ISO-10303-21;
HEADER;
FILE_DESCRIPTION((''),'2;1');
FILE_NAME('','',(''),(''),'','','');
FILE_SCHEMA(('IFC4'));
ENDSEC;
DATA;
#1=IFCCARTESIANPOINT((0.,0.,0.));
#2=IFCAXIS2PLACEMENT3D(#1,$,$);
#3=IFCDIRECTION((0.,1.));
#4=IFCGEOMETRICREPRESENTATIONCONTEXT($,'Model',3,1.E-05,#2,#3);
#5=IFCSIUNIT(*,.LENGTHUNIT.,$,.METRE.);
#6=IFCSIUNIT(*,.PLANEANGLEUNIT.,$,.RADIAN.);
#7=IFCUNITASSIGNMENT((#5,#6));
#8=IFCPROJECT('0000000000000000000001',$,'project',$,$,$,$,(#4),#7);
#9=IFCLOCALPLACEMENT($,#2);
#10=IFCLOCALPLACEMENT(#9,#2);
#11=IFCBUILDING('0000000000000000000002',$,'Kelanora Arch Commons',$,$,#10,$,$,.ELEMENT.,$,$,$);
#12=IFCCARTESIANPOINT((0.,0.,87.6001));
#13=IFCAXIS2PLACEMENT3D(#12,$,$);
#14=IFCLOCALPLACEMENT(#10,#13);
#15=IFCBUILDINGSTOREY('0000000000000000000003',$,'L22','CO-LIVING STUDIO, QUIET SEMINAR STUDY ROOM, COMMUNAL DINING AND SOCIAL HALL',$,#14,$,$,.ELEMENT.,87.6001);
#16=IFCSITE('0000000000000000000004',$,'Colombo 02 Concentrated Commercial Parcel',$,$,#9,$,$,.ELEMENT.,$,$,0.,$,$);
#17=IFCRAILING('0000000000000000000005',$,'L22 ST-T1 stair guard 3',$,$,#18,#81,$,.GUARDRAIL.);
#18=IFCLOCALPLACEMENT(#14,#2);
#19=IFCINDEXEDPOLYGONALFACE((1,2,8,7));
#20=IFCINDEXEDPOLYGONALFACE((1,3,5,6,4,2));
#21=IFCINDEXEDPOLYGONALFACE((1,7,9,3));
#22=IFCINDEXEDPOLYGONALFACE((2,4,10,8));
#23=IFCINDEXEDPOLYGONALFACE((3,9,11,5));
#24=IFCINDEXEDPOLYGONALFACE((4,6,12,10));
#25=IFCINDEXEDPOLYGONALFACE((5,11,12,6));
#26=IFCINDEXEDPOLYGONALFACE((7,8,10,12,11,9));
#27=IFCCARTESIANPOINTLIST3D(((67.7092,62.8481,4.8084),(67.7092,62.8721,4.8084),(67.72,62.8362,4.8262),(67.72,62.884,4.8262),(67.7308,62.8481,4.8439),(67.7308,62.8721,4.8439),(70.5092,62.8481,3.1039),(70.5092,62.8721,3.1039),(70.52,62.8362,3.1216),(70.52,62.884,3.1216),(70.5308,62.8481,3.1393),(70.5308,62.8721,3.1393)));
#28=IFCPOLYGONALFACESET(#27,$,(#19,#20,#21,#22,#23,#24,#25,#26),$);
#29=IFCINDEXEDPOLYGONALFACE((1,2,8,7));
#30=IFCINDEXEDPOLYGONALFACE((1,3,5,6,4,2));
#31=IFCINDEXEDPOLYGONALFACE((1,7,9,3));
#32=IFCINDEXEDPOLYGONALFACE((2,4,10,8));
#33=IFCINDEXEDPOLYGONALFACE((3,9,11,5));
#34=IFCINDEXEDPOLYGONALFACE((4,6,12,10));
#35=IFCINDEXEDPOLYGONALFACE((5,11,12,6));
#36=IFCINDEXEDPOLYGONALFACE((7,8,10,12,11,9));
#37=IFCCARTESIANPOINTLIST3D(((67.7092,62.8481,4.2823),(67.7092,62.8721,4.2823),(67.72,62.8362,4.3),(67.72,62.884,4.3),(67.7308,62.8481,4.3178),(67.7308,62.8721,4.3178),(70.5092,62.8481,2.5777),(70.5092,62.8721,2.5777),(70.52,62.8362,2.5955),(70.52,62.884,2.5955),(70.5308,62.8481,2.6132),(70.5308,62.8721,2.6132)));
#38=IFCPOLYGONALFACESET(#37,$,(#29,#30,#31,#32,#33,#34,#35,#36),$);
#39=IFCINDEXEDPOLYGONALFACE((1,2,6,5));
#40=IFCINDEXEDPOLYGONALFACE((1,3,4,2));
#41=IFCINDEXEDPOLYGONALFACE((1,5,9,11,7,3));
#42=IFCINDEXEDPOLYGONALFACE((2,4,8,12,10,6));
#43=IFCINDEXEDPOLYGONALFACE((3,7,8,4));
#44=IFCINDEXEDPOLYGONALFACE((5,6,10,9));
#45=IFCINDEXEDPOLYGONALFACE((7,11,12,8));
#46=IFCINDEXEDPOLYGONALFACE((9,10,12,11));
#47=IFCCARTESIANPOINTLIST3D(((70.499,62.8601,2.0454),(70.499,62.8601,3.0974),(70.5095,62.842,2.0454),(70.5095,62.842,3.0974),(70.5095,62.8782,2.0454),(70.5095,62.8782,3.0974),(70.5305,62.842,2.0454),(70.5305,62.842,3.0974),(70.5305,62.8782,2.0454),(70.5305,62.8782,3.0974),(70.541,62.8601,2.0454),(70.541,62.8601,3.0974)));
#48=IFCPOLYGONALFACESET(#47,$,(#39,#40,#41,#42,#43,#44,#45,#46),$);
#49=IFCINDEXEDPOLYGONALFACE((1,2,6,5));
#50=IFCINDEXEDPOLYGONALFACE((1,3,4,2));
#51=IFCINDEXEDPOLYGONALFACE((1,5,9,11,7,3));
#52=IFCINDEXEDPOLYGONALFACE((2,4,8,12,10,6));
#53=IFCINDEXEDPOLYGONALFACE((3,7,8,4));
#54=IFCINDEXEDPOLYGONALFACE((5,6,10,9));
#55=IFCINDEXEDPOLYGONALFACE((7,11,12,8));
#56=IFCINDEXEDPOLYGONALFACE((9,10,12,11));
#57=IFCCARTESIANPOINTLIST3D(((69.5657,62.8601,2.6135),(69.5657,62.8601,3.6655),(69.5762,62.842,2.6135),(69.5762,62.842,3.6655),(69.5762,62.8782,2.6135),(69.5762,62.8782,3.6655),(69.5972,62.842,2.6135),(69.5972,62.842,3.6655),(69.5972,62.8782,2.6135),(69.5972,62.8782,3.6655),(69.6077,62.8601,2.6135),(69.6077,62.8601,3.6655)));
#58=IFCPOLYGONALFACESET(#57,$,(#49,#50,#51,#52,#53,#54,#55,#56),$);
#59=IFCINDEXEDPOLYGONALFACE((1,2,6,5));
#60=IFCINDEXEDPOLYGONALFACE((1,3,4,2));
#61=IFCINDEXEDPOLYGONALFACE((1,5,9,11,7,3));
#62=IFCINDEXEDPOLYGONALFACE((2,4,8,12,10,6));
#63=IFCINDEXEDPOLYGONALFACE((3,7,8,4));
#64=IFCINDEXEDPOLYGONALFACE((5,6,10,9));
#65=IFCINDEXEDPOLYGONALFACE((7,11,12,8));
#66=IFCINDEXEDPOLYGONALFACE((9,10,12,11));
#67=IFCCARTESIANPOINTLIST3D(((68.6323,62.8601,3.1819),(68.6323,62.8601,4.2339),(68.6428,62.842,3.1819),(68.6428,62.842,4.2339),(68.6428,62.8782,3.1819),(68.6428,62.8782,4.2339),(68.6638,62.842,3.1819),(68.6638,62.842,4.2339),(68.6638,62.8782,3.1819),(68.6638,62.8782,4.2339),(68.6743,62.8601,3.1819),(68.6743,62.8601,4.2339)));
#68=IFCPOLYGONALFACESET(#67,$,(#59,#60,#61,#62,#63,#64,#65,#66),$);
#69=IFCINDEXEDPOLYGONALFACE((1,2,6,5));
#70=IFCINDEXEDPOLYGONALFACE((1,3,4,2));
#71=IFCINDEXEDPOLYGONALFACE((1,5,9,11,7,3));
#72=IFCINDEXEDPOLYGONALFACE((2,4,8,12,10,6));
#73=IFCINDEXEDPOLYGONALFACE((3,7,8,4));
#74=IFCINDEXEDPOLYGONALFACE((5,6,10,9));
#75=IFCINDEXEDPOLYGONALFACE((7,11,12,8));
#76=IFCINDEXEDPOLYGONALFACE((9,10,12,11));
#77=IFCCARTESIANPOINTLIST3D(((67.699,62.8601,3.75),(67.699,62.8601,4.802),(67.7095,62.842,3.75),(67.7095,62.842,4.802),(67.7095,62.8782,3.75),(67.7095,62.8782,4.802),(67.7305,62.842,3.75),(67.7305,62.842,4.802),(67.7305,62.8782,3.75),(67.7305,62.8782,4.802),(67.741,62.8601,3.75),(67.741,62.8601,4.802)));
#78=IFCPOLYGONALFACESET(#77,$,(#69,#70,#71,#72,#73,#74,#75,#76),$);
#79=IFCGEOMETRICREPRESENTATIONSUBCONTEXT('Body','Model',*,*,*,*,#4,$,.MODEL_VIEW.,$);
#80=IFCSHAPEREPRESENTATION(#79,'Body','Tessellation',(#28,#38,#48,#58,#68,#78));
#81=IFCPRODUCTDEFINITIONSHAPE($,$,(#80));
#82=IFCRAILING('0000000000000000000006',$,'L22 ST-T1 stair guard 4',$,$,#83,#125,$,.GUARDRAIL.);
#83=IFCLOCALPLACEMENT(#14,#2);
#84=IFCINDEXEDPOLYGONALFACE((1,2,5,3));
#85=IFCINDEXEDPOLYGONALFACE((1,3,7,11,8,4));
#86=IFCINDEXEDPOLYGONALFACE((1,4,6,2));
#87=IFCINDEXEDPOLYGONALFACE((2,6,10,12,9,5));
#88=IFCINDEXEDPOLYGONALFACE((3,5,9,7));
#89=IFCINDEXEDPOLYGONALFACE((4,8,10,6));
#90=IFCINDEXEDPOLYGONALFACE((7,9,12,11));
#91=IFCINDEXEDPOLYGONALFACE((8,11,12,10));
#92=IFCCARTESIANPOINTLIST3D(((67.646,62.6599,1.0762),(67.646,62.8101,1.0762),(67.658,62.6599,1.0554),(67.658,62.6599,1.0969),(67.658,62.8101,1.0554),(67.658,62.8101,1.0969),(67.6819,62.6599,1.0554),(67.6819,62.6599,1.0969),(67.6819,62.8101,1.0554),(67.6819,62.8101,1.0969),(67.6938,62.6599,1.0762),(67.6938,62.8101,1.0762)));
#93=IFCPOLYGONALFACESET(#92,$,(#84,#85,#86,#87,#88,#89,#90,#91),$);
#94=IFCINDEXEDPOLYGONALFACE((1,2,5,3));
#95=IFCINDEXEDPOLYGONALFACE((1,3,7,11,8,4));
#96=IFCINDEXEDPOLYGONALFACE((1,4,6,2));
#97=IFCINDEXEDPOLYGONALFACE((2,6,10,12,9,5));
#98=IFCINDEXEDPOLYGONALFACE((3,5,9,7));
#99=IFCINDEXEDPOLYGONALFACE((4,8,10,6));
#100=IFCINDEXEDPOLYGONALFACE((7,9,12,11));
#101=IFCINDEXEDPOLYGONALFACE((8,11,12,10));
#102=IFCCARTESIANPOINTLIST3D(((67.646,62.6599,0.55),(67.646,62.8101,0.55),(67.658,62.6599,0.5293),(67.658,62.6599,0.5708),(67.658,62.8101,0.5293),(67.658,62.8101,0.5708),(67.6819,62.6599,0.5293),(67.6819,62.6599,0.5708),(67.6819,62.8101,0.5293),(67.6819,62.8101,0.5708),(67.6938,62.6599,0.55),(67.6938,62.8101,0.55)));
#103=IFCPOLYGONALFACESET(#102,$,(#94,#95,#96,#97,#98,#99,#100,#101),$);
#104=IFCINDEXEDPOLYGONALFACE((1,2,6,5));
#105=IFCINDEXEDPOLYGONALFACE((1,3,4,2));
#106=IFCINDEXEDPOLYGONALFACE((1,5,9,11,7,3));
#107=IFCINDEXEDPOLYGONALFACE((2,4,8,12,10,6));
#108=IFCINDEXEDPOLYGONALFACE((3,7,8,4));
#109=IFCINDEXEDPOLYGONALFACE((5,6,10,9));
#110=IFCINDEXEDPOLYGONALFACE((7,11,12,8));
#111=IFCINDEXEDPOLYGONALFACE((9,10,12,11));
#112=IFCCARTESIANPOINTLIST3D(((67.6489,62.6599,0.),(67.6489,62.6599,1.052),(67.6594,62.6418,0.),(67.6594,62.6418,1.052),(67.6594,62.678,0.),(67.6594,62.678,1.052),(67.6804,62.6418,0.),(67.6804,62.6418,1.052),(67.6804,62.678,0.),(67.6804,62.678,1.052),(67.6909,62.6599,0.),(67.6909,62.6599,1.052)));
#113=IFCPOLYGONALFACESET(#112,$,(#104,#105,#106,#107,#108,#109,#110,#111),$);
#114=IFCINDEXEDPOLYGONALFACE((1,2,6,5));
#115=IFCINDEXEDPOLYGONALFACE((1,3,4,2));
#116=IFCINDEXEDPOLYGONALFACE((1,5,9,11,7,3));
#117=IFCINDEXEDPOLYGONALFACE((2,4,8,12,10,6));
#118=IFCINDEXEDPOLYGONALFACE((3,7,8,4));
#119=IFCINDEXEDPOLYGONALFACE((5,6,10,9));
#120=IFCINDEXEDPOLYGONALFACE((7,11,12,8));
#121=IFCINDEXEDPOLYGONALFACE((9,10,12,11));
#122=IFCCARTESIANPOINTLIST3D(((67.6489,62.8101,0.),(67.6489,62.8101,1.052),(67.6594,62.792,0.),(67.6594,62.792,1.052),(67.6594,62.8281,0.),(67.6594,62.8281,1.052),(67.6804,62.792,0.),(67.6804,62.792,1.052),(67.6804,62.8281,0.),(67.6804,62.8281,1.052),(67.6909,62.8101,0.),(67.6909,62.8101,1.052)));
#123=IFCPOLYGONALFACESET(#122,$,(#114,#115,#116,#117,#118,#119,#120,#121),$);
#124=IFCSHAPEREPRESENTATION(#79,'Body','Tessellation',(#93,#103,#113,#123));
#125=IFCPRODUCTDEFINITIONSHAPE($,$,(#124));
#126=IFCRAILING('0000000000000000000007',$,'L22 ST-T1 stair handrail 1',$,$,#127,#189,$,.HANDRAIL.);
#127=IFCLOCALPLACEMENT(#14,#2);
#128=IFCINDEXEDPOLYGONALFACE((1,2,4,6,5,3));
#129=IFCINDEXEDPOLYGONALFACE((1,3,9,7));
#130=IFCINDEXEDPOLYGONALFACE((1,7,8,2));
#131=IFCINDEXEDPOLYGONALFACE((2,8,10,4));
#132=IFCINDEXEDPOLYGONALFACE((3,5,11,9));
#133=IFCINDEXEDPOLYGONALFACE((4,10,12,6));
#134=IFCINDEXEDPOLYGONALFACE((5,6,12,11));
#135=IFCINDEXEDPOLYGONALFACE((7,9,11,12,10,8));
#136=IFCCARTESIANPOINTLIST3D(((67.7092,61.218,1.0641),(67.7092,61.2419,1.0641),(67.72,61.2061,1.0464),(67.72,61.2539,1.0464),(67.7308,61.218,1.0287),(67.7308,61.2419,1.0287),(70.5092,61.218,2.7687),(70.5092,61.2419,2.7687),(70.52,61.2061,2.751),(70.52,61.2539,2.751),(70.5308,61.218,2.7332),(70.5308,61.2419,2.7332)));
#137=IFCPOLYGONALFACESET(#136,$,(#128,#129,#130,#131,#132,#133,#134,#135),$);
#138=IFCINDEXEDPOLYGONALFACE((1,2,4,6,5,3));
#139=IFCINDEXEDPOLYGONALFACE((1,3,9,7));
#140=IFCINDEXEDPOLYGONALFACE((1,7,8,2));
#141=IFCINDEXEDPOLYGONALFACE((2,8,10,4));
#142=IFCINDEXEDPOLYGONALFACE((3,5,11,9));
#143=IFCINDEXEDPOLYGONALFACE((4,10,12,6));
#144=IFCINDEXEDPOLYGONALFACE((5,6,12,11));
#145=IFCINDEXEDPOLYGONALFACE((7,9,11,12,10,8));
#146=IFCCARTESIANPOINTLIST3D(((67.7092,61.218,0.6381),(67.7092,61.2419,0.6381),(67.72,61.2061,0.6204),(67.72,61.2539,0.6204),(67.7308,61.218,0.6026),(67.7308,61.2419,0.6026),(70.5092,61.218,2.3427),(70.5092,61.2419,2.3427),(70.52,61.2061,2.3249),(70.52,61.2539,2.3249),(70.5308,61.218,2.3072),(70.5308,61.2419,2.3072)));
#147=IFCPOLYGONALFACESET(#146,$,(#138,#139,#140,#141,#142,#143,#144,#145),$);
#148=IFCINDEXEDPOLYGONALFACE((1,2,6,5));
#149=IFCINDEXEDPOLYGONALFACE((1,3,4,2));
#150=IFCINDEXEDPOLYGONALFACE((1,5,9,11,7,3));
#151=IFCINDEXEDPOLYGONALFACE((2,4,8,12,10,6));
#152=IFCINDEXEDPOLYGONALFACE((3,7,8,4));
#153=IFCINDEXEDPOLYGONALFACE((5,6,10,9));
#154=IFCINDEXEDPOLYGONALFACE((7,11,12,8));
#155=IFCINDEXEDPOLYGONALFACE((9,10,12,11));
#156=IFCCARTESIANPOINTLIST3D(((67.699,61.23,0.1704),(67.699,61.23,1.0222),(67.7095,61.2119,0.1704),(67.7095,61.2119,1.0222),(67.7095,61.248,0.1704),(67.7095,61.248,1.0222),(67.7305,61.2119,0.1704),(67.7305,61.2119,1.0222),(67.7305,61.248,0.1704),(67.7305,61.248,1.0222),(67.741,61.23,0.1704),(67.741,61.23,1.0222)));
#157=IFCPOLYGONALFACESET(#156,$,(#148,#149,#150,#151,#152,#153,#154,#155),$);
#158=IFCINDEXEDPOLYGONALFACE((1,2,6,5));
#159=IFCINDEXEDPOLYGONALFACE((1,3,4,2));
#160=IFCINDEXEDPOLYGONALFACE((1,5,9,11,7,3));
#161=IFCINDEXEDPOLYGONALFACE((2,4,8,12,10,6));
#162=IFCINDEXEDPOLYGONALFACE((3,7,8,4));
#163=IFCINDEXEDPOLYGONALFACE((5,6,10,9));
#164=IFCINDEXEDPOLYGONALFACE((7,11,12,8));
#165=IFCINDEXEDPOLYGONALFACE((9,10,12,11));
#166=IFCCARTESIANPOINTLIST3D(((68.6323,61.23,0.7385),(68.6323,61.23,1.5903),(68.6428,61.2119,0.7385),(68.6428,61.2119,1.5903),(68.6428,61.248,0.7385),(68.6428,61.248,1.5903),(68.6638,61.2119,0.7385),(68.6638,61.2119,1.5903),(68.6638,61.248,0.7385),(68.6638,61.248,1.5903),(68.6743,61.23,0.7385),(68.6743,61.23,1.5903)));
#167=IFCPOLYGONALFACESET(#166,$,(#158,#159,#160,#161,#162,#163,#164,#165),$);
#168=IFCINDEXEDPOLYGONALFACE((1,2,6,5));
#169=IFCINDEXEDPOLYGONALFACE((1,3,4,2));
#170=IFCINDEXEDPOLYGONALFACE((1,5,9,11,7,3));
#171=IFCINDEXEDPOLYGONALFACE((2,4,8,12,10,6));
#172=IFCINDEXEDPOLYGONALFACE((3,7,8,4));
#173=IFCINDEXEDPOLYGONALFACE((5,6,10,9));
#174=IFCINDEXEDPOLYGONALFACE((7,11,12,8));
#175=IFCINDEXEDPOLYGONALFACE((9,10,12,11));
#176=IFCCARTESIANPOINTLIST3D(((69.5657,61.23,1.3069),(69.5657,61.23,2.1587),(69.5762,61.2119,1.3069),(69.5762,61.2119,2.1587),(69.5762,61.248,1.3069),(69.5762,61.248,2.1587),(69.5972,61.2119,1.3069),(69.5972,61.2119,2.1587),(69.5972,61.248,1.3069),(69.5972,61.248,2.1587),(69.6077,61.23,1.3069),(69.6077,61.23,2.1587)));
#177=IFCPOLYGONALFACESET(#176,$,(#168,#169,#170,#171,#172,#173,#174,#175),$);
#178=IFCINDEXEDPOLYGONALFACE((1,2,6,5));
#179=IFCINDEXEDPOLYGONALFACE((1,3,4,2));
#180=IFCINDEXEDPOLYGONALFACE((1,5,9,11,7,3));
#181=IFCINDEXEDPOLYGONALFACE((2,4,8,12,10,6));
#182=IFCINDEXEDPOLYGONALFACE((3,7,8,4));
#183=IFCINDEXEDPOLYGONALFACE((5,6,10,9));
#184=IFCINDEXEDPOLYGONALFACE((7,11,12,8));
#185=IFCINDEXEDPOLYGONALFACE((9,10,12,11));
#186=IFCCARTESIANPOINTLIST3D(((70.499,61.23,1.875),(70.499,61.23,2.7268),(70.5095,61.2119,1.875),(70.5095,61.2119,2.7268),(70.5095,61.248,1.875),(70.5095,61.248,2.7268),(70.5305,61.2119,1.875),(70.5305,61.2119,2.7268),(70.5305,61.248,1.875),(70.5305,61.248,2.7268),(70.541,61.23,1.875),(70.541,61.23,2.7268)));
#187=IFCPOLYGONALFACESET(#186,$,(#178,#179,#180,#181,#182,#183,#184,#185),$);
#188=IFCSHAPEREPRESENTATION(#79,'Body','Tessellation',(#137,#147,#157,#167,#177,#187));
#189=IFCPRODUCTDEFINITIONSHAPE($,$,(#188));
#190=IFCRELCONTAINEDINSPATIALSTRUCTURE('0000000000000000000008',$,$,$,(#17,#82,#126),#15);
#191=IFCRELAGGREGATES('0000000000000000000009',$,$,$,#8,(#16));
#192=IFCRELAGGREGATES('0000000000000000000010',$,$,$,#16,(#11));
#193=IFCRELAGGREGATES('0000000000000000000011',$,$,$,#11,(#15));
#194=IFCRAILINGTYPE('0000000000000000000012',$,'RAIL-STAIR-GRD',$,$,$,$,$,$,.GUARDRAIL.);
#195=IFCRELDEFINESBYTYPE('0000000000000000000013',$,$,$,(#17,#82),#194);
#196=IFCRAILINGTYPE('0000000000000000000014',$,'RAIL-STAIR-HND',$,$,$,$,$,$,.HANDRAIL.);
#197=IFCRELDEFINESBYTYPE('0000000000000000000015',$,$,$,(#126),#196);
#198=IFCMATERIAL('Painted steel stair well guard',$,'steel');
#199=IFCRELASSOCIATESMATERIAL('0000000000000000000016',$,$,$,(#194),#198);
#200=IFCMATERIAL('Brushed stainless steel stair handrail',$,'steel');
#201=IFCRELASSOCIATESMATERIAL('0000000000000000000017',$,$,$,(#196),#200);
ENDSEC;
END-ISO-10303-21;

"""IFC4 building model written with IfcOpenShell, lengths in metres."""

from ifc_helpers import new_model, si_unit, direction, frame, origin, place, context, subcontext, project, spatial, polyline, outline, extrude, material, type_object, element, save


model = new_model("IFC4")

# Units and contexts
model_context = context("Model", 3, precision=1e-05, world=origin(), true_north=direction((0.0, 1.0)))
body_context = subcontext(model_context, "Body", "Model", "MODEL_VIEW")
ifc_project = project(units=[si_unit("LENGTHUNIT", "METRE"), si_unit("PLANEANGLEUNIT", "RADIAN")], contexts=[model_context])

# Site, building, storey
site_placement = place(None, origin())
site = spatial("IfcSite", under=ifc_project, at=site_placement, Name="Colombo 02 Concentrated Commercial Parcel", CompositionType="ELEMENT", RefElevation=0.0)
building_placement = place(site_placement, origin())
building = spatial("IfcBuilding", under=site, at=building_placement, Name="Kelanora Arch Commons", CompositionType="ELEMENT")
storey_placement = place(building_placement, frame((0.0, 0.0, 87.6001)))
storey = spatial("IfcBuildingStorey", under=building, at=storey_placement, Name="L22", Description="CO-LIVING STUDIO, QUIET SEMINAR STUDY ROOM, COMMUNAL DINING AND SOCIAL HALL", CompositionType="ELEMENT", Elevation=87.6001)

# Railings
ifc_material_1 = material(Name="Painted steel stair well guard", Category="steel")
railing_type_1 = type_object("IfcRailingType", Name="RAIL-STAIR-GRD", PredefinedType="GUARDRAIL", material=ifc_material_1)
railing_1_placement = place(storey_placement, frame((70.52, 62.8601, 2.0454)))
element("IfcRailing", 1, at=railing_1_placement, inside=storey, type_object=railing_type_1, Name="L22 ST-T1 stair guard 3", PredefinedType="GUARDRAIL", context=body_context, shape_type="SweptSolid", body=[
    extrude(outline(polyline([(0.0239, 0.0), (0.012, 0.0208), (-0.012, 0.0208), (-0.0239, 0.0), (-0.012, -0.0208), (0.012, -0.0208), (0.0239, 0.0)])), frame((0.0, 0.0, 1.0762), z_axis=(-0.85417, 0.0, 0.519994), x_axis=(0.0, -1.0, 0.0)), (0.0, 0.0, 1.0), 3.2781),
    extrude(outline(polyline([(0.0239, 0.0), (0.012, 0.0208), (-0.012, 0.0208), (-0.0239, 0.0), (-0.012, -0.0208), (0.012, -0.0208), (0.0239, 0.0)])), frame((0.0, 0.0, 0.55), z_axis=(-0.85417, 0.0, 0.519994), x_axis=(0.0, -1.0, 0.0)), (0.0, 0.0, 1.0), 3.2781),
    extrude(outline(polyline([(0.021, 0.0), (0.0105, 0.0181), (-0.0105, 0.0181), (-0.021, 0.0), (-0.0105, -0.0181), (0.0105, -0.0181), (0.021, 0.0)])), origin(), (0.0, 0.0, 1.0), 1.052),
    extrude(outline(polyline([(0.021, 0.0), (0.0105, 0.0181), (-0.0105, 0.0181), (-0.021, 0.0), (-0.0105, -0.0181), (0.0105, -0.0181), (0.021, 0.0)])), frame((-0.9333, 0.0, 0.5681)), (0.0, 0.0, 1.0), 1.052),
    extrude(outline(polyline([(0.021, 0.0), (0.0105, 0.0181), (-0.0105, 0.0181), (-0.021, 0.0), (-0.0105, -0.0181), (0.0105, -0.0181), (0.021, 0.0)])), frame((-1.8667, 0.0, 1.1365)), (0.0, 0.0, 1.0), 1.052),
    extrude(outline(polyline([(0.021, 0.0), (0.0105, 0.0181), (-0.0105, 0.0181), (-0.021, 0.0), (-0.0105, -0.0181), (0.0105, -0.0181), (0.021, 0.0)])), frame((-2.8, 0.0, 1.7046)), (0.0, 0.0, 1.0), 1.052),
])
railing_2_placement = place(storey_placement, frame((67.6699, 62.6599, 0.0)))
element("IfcRailing", 2, at=railing_2_placement, inside=storey, type_object=railing_type_1, Name="L22 ST-T1 stair guard 4", PredefinedType="GUARDRAIL", context=body_context, shape_type="SweptSolid", body=[
    extrude(outline(polyline([(0.0239, 0.0), (0.012, 0.0208), (-0.012, 0.0208), (-0.0239, 0.0), (-0.012, -0.0208), (0.012, -0.0208), (0.0239, 0.0)])), frame((0.0, 0.0, 1.0762), z_axis=(0.0, 1.0, 0.0), x_axis=(-1.0, 0.0, 0.0)), (0.0, 0.0, 1.0), 0.1501),
    extrude(outline(polyline([(0.0239, 0.0), (0.012, 0.0208), (-0.012, 0.0208), (-0.0239, 0.0), (-0.012, -0.0208), (0.012, -0.0208), (0.0239, 0.0)])), frame((0.0, 0.0, 0.55), z_axis=(0.0, 1.0, 0.0), x_axis=(-1.0, 0.0, 0.0)), (0.0, 0.0, 1.0), 0.1501),
    extrude(outline(polyline([(0.021, 0.0), (0.0105, 0.0181), (-0.0105, 0.0181), (-0.021, 0.0), (-0.0105, -0.0181), (0.0105, -0.0181), (0.021, 0.0)])), origin(), (0.0, 0.0, 1.0), 1.052),
    extrude(outline(polyline([(0.021, 0.0), (0.0105, 0.0181), (-0.0105, 0.0181), (-0.021, 0.0), (-0.0105, -0.0181), (0.0105, -0.0181), (0.021, 0.0)])), frame((0.0, 0.1501, 0.0)), (0.0, 0.0, 1.0), 1.052),
])
ifc_material_2 = material(Name="Brushed stainless steel stair handrail", Category="steel")
railing_type_2 = type_object("IfcRailingType", Name="RAIL-STAIR-HND", PredefinedType="HANDRAIL", material=ifc_material_2)
railing_3_placement = place(storey_placement, frame((67.72, 61.23, 0.1704)))
element("IfcRailing", 3, at=railing_3_placement, inside=storey, type_object=railing_type_2, Name="L22 ST-T1 stair handrail 1", PredefinedType="HANDRAIL", context=body_context, shape_type="SweptSolid", body=[
    extrude(outline(polyline([(0.0239, 0.0), (0.012, 0.0208), (-0.012, 0.0208), (-0.0239, 0.0), (-0.012, -0.0208), (0.012, -0.0208), (0.0239, 0.0)])), frame((0.0, 0.0, 0.876), z_axis=(0.85417, 0.0, 0.519994), x_axis=(0.0, 1.0, 0.0)), (0.0, 0.0, 1.0), 3.2781),
    extrude(outline(polyline([(0.0239, 0.0), (0.012, 0.0208), (-0.012, 0.0208), (-0.0239, 0.0), (-0.012, -0.0208), (0.012, -0.0208), (0.0239, 0.0)])), frame((0.0, 0.0, 0.45), z_axis=(0.85417, 0.0, 0.519994), x_axis=(0.0, 1.0, 0.0)), (0.0, 0.0, 1.0), 3.2781),
    extrude(outline(polyline([(0.021, 0.0), (0.0105, 0.0181), (-0.0105, 0.0181), (-0.021, 0.0), (-0.0105, -0.0181), (0.0105, -0.0181), (0.021, 0.0)])), origin(), (0.0, 0.0, 1.0), 0.8518),
    extrude(outline(polyline([(0.021, 0.0), (0.0105, 0.0181), (-0.0105, 0.0181), (-0.021, 0.0), (-0.0105, -0.0181), (0.0105, -0.0181), (0.021, 0.0)])), frame((0.9333, 0.0, 0.5681)), (0.0, 0.0, 1.0), 0.8518),
    extrude(outline(polyline([(0.021, 0.0), (0.0105, 0.0181), (-0.0105, 0.0181), (-0.021, 0.0), (-0.0105, -0.0181), (0.0105, -0.0181), (0.021, 0.0)])), frame((1.8667, 0.0, 1.1365)), (0.0, 0.0, 1.0), 0.8518),
    extrude(outline(polyline([(0.021, 0.0), (0.0105, 0.0181), (-0.0105, 0.0181), (-0.021, 0.0), (-0.0105, -0.0181), (0.0105, -0.0181), (0.021, 0.0)])), frame((2.8, 0.0, 1.7046)), (0.0, 0.0, 1.0), 0.8518),
])

save(model, "model.ifc")
